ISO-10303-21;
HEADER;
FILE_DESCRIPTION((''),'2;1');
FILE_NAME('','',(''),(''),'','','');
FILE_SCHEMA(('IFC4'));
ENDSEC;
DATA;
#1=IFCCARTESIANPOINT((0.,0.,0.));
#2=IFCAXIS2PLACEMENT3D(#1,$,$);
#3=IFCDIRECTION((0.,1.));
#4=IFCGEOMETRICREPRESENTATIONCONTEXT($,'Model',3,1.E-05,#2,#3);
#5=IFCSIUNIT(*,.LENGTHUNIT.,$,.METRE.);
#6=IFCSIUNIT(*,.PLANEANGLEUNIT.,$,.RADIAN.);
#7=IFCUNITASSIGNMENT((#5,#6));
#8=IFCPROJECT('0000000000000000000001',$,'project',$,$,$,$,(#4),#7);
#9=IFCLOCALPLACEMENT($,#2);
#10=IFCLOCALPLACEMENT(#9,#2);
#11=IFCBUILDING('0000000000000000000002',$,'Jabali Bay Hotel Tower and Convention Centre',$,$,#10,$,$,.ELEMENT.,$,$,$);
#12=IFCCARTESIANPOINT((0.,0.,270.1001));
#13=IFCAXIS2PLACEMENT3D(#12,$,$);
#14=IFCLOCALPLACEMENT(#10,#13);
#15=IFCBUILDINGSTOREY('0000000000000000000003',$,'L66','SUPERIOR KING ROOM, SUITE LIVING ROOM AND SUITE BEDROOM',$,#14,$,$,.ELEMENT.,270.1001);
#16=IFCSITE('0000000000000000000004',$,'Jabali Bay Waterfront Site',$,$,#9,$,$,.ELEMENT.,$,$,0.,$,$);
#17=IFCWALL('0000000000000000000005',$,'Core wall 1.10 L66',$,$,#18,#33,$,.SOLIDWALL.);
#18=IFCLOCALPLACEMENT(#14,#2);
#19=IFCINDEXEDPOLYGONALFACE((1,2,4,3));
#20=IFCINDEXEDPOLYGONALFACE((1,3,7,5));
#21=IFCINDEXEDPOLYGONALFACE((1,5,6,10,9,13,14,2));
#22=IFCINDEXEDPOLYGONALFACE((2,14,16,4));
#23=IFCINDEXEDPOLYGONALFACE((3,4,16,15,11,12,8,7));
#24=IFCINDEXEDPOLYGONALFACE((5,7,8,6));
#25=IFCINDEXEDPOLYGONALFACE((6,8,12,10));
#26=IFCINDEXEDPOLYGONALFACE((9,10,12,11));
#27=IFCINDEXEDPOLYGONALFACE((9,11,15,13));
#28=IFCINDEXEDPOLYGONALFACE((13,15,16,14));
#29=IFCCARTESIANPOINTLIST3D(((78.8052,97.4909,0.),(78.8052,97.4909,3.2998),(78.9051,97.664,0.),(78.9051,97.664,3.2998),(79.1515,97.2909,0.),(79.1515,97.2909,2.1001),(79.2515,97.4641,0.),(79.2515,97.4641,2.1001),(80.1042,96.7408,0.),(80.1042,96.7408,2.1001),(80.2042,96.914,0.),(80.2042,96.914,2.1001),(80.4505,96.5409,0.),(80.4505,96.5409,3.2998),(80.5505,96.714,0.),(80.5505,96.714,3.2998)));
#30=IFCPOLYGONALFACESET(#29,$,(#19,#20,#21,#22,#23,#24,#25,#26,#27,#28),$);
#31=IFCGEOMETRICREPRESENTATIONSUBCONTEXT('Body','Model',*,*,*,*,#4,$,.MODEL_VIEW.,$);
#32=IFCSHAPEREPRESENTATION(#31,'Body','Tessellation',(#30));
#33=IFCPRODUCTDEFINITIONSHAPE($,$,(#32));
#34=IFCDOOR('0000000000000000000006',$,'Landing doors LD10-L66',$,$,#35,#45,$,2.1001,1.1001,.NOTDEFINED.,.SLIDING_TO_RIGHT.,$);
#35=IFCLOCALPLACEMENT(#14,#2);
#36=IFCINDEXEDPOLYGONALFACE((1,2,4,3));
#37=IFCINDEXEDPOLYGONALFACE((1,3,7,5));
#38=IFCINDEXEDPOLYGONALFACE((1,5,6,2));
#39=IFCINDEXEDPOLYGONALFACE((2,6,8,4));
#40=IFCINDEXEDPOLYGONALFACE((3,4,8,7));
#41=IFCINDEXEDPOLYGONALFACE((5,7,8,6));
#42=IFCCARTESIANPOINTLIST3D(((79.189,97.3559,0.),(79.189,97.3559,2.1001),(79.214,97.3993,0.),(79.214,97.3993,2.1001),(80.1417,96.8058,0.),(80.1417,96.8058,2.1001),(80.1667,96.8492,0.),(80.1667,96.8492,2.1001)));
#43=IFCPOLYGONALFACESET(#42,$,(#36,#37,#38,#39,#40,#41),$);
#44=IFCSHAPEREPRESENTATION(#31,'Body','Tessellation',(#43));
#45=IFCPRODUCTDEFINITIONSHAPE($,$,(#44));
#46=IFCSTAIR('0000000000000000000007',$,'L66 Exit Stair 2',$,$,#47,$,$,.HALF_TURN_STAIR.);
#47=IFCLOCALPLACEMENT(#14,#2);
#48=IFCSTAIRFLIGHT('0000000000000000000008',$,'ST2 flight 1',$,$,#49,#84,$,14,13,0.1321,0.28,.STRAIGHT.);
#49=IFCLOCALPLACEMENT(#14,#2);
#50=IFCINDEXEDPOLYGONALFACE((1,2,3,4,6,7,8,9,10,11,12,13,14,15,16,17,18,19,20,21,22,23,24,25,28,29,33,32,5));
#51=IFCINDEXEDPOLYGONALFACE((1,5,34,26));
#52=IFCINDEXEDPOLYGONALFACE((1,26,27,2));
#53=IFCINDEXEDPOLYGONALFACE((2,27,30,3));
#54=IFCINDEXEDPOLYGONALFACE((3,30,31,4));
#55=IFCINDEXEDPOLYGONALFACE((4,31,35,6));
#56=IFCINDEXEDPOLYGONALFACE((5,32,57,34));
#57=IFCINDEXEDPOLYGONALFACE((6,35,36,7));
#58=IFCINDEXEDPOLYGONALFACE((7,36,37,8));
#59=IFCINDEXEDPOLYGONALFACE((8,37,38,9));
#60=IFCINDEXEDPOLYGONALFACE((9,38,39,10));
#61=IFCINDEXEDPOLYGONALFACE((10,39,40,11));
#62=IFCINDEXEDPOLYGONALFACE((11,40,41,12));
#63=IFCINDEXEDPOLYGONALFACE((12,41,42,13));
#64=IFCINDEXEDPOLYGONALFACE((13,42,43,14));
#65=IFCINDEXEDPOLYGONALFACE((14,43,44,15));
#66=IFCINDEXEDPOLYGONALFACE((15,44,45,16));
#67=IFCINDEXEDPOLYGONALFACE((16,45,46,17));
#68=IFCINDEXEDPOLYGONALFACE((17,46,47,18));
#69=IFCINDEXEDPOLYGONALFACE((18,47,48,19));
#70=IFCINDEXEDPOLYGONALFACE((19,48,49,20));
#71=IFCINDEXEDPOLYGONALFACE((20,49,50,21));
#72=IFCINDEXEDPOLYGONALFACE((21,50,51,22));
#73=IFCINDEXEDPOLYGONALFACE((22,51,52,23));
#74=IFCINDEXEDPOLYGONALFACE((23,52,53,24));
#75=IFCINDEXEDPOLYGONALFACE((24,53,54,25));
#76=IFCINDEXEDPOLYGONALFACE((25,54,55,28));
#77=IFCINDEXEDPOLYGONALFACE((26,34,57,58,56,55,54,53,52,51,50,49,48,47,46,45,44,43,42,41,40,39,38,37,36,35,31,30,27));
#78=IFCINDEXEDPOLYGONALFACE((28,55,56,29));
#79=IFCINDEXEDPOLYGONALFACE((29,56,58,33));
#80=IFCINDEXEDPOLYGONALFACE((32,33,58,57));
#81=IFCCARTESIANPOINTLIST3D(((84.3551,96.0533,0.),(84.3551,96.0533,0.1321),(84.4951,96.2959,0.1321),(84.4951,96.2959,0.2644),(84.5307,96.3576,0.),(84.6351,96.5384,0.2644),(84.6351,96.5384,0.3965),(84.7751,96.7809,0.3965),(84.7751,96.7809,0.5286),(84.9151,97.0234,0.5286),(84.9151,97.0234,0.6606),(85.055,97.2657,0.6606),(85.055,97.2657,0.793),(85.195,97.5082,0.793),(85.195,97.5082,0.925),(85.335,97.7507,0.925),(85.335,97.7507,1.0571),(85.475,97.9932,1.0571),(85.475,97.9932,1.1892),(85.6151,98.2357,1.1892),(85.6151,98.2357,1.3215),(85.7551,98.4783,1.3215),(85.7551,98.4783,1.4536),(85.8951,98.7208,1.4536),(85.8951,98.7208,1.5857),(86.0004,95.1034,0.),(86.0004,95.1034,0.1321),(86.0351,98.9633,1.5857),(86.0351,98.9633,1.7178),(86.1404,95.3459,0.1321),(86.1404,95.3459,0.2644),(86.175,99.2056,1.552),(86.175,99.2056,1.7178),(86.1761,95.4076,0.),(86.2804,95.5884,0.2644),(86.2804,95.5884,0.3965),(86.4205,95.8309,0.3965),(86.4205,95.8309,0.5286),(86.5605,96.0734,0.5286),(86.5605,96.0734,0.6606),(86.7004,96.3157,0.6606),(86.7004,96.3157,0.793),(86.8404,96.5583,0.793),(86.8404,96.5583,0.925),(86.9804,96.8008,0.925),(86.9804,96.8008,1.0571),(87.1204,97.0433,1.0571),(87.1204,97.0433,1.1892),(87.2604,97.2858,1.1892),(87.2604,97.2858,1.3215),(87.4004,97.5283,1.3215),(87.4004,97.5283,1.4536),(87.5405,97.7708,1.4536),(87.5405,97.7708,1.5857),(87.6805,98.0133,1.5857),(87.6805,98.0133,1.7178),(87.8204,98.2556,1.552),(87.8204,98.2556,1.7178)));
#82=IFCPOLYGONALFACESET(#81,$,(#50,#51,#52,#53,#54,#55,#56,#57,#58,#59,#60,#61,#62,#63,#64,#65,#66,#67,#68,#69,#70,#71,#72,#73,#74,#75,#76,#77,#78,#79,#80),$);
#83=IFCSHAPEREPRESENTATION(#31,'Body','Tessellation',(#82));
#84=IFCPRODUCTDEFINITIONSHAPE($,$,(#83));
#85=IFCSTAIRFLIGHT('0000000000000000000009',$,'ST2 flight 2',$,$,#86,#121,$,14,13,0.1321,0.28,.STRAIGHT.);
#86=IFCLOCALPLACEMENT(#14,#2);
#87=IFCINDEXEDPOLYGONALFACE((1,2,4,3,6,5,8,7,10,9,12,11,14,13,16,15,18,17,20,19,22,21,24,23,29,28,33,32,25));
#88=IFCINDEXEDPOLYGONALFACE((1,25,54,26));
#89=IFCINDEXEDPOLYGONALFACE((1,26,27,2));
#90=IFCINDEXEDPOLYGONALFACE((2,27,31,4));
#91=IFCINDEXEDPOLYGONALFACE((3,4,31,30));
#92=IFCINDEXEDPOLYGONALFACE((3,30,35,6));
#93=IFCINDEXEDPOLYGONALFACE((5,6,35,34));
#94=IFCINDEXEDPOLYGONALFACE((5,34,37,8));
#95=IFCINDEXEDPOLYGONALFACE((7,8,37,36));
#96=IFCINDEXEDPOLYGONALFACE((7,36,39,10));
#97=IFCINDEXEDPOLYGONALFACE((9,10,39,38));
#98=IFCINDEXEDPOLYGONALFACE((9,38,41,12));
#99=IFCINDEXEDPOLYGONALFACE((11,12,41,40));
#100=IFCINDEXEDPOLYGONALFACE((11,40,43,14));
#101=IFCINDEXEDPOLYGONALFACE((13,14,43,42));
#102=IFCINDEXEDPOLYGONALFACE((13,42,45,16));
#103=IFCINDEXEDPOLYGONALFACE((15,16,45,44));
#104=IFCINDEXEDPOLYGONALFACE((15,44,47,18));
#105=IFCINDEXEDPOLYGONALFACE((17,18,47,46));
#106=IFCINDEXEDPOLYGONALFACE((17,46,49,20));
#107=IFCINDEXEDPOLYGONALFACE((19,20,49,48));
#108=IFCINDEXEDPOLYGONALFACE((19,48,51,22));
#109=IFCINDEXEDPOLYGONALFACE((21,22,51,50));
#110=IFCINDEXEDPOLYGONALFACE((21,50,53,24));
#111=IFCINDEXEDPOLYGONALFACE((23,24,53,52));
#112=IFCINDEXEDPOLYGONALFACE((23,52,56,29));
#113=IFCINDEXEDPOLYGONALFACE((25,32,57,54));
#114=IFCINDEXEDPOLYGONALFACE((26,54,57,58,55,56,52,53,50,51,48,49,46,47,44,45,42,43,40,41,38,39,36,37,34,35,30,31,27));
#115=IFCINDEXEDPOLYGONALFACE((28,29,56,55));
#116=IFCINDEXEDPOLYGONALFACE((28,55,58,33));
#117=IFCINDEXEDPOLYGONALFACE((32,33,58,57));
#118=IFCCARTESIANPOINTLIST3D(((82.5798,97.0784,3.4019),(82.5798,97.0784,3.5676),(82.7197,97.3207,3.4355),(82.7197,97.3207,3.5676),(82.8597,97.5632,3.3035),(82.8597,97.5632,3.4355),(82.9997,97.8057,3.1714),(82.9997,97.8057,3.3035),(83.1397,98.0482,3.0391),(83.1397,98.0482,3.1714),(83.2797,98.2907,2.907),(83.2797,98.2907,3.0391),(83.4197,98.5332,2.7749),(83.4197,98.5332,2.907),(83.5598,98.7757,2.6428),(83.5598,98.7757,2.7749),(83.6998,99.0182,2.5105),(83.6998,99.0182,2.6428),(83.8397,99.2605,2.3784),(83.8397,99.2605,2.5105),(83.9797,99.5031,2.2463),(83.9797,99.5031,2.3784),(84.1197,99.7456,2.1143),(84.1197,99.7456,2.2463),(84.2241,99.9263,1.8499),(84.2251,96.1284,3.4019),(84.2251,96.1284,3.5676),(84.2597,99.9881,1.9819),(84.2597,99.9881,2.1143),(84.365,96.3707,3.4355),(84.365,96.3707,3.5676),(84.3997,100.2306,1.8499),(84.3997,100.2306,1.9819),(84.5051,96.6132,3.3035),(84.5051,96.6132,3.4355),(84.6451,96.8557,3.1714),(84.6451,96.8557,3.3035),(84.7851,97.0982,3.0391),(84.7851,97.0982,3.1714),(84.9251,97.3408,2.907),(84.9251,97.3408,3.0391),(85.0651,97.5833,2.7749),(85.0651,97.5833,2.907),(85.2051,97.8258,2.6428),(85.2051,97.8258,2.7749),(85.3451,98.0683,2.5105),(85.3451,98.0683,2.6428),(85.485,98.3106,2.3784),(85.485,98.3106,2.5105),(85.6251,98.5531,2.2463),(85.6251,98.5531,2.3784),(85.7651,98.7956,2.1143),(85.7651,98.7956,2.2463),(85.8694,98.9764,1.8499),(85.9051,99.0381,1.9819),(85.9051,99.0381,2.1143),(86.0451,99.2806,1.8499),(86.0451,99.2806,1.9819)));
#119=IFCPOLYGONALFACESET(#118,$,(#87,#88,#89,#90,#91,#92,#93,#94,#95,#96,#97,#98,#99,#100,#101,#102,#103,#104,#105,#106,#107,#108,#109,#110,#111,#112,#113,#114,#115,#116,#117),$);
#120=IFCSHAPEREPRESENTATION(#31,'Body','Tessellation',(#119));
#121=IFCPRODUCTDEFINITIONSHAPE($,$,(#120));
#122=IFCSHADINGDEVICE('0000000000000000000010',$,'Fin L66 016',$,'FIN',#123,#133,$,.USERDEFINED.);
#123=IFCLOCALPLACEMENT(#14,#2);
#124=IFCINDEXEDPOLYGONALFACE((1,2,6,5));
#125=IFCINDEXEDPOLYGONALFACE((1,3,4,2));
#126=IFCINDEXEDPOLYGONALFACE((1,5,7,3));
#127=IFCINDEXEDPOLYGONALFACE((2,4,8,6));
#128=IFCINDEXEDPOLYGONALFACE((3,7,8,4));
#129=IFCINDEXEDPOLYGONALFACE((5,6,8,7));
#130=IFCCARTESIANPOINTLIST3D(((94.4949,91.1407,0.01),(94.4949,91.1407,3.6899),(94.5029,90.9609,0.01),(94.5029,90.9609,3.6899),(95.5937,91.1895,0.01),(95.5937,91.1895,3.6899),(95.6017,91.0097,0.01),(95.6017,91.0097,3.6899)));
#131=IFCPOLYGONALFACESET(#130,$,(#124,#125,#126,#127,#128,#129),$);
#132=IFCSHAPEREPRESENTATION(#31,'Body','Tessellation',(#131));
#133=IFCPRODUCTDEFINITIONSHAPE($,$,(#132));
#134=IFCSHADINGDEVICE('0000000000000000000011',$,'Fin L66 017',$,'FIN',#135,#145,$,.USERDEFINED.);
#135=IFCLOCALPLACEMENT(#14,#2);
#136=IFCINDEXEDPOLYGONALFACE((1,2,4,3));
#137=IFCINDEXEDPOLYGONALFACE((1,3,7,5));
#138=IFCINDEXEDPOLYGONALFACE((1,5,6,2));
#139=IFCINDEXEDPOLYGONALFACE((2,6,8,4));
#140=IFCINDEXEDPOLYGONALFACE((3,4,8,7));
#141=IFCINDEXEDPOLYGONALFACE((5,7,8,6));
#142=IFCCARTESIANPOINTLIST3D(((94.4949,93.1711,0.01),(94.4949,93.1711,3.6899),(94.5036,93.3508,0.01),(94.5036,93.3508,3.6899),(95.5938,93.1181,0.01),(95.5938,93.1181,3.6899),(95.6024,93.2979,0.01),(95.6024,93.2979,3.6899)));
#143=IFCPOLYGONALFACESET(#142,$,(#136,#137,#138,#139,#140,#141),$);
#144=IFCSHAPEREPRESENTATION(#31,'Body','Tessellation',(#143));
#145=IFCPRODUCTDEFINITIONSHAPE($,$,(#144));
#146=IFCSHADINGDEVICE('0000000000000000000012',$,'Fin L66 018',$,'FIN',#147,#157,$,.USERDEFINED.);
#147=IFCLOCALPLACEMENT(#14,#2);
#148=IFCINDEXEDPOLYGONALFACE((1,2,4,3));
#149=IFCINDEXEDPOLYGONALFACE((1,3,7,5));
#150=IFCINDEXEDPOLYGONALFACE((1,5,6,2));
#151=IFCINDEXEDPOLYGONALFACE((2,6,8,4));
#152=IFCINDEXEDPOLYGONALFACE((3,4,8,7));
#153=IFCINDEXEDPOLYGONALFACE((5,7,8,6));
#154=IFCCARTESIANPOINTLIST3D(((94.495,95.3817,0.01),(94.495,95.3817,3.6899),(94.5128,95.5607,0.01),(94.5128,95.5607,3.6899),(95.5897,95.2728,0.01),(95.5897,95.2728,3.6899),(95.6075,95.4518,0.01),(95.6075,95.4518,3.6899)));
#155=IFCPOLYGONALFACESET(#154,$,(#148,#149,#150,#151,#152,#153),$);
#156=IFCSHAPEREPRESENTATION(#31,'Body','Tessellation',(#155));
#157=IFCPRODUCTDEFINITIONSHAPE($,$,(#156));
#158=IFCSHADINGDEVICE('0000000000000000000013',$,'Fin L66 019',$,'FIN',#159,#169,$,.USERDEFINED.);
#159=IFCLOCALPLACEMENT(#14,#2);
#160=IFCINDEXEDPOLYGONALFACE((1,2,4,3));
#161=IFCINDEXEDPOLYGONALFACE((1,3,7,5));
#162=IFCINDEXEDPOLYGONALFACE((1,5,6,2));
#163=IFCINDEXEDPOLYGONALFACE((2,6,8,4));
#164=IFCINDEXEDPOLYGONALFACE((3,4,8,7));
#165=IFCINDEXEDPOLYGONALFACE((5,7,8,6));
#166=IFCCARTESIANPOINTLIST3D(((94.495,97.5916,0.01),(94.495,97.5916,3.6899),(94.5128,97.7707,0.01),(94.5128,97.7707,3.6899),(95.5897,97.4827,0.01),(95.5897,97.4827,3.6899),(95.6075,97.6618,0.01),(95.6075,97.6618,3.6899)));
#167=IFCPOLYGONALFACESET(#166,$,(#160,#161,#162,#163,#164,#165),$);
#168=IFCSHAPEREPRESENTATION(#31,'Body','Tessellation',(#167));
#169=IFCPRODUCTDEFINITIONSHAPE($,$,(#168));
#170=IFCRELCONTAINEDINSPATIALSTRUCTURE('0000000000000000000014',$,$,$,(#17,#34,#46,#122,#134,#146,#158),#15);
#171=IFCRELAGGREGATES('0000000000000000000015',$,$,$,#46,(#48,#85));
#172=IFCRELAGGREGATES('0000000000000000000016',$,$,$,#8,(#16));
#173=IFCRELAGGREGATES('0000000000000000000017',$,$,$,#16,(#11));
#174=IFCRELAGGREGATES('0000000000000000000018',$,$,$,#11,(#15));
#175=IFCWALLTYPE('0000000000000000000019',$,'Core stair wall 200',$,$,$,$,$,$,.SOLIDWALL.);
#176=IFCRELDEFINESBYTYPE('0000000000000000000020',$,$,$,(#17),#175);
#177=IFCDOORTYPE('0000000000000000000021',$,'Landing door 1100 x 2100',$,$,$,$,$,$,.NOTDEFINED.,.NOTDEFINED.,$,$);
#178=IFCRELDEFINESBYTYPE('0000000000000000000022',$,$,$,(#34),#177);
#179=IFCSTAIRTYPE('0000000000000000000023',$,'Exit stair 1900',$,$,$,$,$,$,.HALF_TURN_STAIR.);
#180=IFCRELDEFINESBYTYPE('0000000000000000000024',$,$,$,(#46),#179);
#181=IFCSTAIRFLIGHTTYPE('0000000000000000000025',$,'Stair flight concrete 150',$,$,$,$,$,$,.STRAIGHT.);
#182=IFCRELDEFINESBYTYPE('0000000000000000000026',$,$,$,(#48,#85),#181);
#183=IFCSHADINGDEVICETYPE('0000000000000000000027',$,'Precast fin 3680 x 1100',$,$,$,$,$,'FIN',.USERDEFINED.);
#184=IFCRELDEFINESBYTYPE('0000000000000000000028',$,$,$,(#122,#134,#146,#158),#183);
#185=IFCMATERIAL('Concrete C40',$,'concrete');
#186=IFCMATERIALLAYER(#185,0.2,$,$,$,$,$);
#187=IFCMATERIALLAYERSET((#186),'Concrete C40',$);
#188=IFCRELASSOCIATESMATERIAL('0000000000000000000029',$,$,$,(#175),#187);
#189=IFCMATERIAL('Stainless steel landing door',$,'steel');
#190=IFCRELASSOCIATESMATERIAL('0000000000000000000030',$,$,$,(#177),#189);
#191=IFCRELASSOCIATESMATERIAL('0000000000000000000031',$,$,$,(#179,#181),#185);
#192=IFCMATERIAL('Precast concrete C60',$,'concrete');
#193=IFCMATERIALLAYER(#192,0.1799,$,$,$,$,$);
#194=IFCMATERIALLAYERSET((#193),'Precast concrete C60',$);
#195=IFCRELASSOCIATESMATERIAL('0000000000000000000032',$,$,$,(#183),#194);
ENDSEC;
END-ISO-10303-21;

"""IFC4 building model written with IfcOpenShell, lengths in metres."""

from ifc_helpers import new_model, si_unit, direction, frame, frame_2d, origin, place, context, subcontext, project, spatial, polyline, rectangle, outline, extrude, material, layer, layer_set, type_object, element, fill, aggregate, save


model = new_model("IFC4")

# Units and contexts
model_context = context("Model", 3, precision=1e-05, world=origin(), true_north=direction((0.0, 1.0)))
body_context = subcontext(model_context, "Body", "Model", "MODEL_VIEW")
ifc_project = project(units=[si_unit("LENGTHUNIT", "METRE"), si_unit("PLANEANGLEUNIT", "RADIAN")], contexts=[model_context])

# Site, building, storey
site_placement = place(None, origin())
site = spatial("IfcSite", under=ifc_project, at=site_placement, Name="Jabali Bay Waterfront Site", CompositionType="ELEMENT", RefElevation=0.0)
building_placement = place(site_placement, origin())
building = spatial("IfcBuilding", under=site, at=building_placement, Name="Jabali Bay Hotel Tower and Convention Centre", CompositionType="ELEMENT")
storey_placement = place(building_placement, frame((0.0, 0.0, 270.1001)))
storey = spatial("IfcBuildingStorey", under=building, at=storey_placement, Name="L66", Description="SUPERIOR KING ROOM, SUITE LIVING ROOM AND SUITE BEDROOM", CompositionType="ELEMENT", Elevation=270.1001)

# Shared definitions
ifc_material_1 = material(Name="Concrete C40", Category="concrete")
ifc_layer_1 = layer(ifc_material_1, 0.2)
ifc_layer_set_1 = layer_set([ifc_layer_1], Name="Concrete C40")
wall_type_1 = type_object("IfcWallType", Name="Core stair wall 200", PredefinedType="SOLIDWALL", material=ifc_layer_set_1)

# Wall, opening, door
wall_1_placement = place(storey_placement, frame((80.5005, 96.6274, 0.0), z_axis=(0.0, 0.0, 1.0), x_axis=(-0.866012, 0.500023, 0.0)))
wall_1 = element("IfcWall", 1, at=wall_1_placement, inside=storey, type_object=wall_type_1, Name="Core wall 1.10 L66", PredefinedType="SOLIDWALL", context=body_context, shape_type="SweptSolid", body=[
    extrude(rectangle(XDim=1.8999, YDim=0.2, at=frame_2d((0.95, 0.0))), origin(), (0.0, 0.0, 1.0), 3.2998),
])
opening_1_placement = place(wall_1_placement, frame((0.3999, 0.0, 0.0)))
opening_1 = element("IfcOpeningElement", 2, at=opening_1_placement, cuts=wall_1, PredefinedType="OPENING", context=body_context, shape_type="SweptSolid", body=[
    extrude(rectangle(XDim=1.1001, YDim=2.1001, at=frame_2d((0.55, 1.05))), frame((0.0, 0.1104, 0.0), z_axis=(0.0, -1.0, 0.0), x_axis=(1.0, 0.0, 0.0)), (0.0, 0.0, 1.0), 0.2209),
])
ifc_material_2 = material(Name="Stainless steel landing door", Category="steel")
door_type_1 = type_object("IfcDoorType", Name="Landing door 1100 x 2100", OperationType="NOTDEFINED", PredefinedType="NOTDEFINED", material=ifc_material_2)
door_1_placement = place(opening_1_placement, origin())
door_1 = element("IfcDoor", 3, at=door_1_placement, inside=storey, type_object=door_type_1, Name="Landing doors LD10-L66", OperationType="SLIDING_TO_RIGHT", OverallHeight=2.1001, OverallWidth=1.1001, PredefinedType="NOTDEFINED", context=body_context, shape_type="SweptSolid", body=[
    extrude(rectangle(XDim=1.1001, YDim=2.1001, at=frame_2d((0.55, 1.05))), frame((0.0, 0.0249, 0.0), z_axis=(0.0, -1.0, 0.0), x_axis=(1.0, 0.0, 0.0)), (0.0, 0.0, 1.0), 0.05),
])
fill(opening_1, door_1)

# Stair, stair flights
stair_type = type_object("IfcStairType", Name="Exit stair 1900", PredefinedType="HALF_TURN_STAIR", material=ifc_material_1)
stair_placement = place(storey_placement, origin())
stair = element("IfcStair", 4, at=stair_placement, inside=storey, type_object=stair_type, Name="L66 Exit Stair 2", PredefinedType="HALF_TURN_STAIR")
stair_flight_type = type_object("IfcStairFlightType", Name="Stair flight concrete 150", PredefinedType="STRAIGHT", material=ifc_material_1)
stair_flight_1_placement = place(storey_placement, frame((85.1777, 95.5784, 0.0), z_axis=(0.0, 0.0, 1.0), x_axis=(0.5, 0.866025, 0.0)))
stair_flight_1 = element("IfcStairFlight", 5, at=stair_flight_1_placement, type_object=stair_flight_type, Name="ST2 flight 1", NumberOfRisers=14, NumberOfTreads=13, PredefinedType="STRAIGHT", RiserHeight=0.1321, TreadLength=0.28, context=body_context, shape_type="SweptSolid", body=[
    extrude(outline(polyline([(0.0, 0.0), (0.0, 0.1321), (0.28, 0.1321), (0.28, 0.2644), (0.5601, 0.2644), (0.5601, 0.3965), (0.8401, 0.3965), (0.8401, 0.5286), (1.1201, 0.5286), (1.1201, 0.6606), (1.3999, 0.6606), (1.3999, 0.793), (1.6799, 0.793), (1.6799, 0.925), (1.96, 0.925), (1.96, 1.0571), (2.24, 1.0571), (2.24, 1.1892), (2.52, 1.1892), (2.52, 1.3215), (2.8, 1.3215), (2.8, 1.4536), (3.0801, 1.4536), (3.0801, 1.5857), (3.3601, 1.5857), (3.3601, 1.7178), (3.6399, 1.7178), (3.6399, 1.8501), (3.6399, 1.552), (0.3513, 0.0), (0.0, 0.0)])), frame((0.0, 0.95, 0.0), z_axis=(0.0, -1.0, 0.0), x_axis=(1.0, 0.0, 0.0)), (0.0, 0.0, 1.0), 1.8999),
])
stair_flight_2_placement = place(storey_placement, frame((85.2224, 99.7556, 1.8499), z_axis=(0.0, 0.0, 1.0), x_axis=(-0.5, -0.866025, 0.0)))
stair_flight_2 = element("IfcStairFlight", 6, at=stair_flight_2_placement, type_object=stair_flight_type, Name="ST2 flight 2", NumberOfRisers=14, NumberOfTreads=13, PredefinedType="STRAIGHT", RiserHeight=0.1321, TreadLength=0.28, context=body_context, shape_type="SweptSolid", body=[
    extrude(outline(polyline([(0.0, 0.0), (0.0, 0.1321), (0.28, 0.1321), (0.28, 0.2644), (0.5601, 0.2644), (0.5601, 0.3965), (0.8401, 0.3965), (0.8401, 0.5286), (1.1201, 0.5286), (1.1201, 0.6606), (1.3999, 0.6606), (1.3999, 0.793), (1.6799, 0.793), (1.6799, 0.925), (1.96, 0.925), (1.96, 1.0571), (2.24, 1.0571), (2.24, 1.1892), (2.52, 1.1892), (2.52, 1.3215), (2.8, 1.3215), (2.8, 1.4536), (3.0801, 1.4536), (3.0801, 1.5857), (3.3601, 1.5857), (3.3601, 1.7178), (3.6399, 1.7178), (3.6399, 1.8501), (3.6399, 1.552), (0.3513, 0.0), (0.0, 0.0)])), frame((0.0, 0.95, 0.0), z_axis=(0.0, -1.0, 0.0), x_axis=(1.0, 0.0, 0.0)), (0.0, 0.0, 1.0), 1.8999),
])
aggregate(stair, [stair_flight_1, stair_flight_2])

# Shading devices
ifc_material_3 = material(Name="Precast concrete C60", Category="concrete")
ifc_layer_2 = layer(ifc_material_3, 0.1799)
ifc_layer_set_2 = layer_set([ifc_layer_2], Name="Precast concrete C60")
shading_device_type = type_object("IfcShadingDeviceType", Name="Precast fin 3680 x 1100", ElementType="FIN", PredefinedType="USERDEFINED", material=ifc_layer_set_2)
shading_device_placement = place(storey_placement, frame((94.499, 91.0508, 0.01), z_axis=(0.0, 0.0, 1.0), x_axis=(0.999014, 0.044391, 0.0)))
element("IfcShadingDevice", 7, at=shading_device_placement, inside=storey, type_object=shading_device_type, Name="Fin L66 016", ObjectType="FIN", PredefinedType="USERDEFINED", context=body_context, shape_type="SweptSolid", body=[
    extrude(rectangle(XDim=1.0999, YDim=0.1799, at=frame_2d((0.5498, 0.0))), origin(), (0.0, 0.0, 1.0), 3.6799),
])
for number, where, z_axis, x_axis, name in (
    (8, (94.4993, 93.261, 0.01), (0.0, 0.0, 1.0), (0.99884, -0.048156, 0.0), "Fin L66 017"),
    (9, (94.5039, 95.4712, 0.01), (0.0, 0.0, 1.0), (0.99509, -0.098976, 0.0), "Fin L66 018"),
    (10, (94.5039, 97.6812, 0.01), (0.0, 0.0, 1.0), (0.99509, -0.098976, 0.0), "Fin L66 019"),
):
    element("IfcShadingDevice", number, at=place(storey_placement, frame(where, z_axis=z_axis, x_axis=x_axis)), inside=storey, type_object=shading_device_type, Name=name, ObjectType="FIN", PredefinedType="USERDEFINED", context=body_context, shape_type="SweptSolid", body=[
        extrude(rectangle(XDim=1.1001, YDim=0.1799, at=frame_2d((0.55, 0.0))), origin(), (0.0, 0.0, 1.0), 3.6799),
    ])

save(model, "model.ifc")
